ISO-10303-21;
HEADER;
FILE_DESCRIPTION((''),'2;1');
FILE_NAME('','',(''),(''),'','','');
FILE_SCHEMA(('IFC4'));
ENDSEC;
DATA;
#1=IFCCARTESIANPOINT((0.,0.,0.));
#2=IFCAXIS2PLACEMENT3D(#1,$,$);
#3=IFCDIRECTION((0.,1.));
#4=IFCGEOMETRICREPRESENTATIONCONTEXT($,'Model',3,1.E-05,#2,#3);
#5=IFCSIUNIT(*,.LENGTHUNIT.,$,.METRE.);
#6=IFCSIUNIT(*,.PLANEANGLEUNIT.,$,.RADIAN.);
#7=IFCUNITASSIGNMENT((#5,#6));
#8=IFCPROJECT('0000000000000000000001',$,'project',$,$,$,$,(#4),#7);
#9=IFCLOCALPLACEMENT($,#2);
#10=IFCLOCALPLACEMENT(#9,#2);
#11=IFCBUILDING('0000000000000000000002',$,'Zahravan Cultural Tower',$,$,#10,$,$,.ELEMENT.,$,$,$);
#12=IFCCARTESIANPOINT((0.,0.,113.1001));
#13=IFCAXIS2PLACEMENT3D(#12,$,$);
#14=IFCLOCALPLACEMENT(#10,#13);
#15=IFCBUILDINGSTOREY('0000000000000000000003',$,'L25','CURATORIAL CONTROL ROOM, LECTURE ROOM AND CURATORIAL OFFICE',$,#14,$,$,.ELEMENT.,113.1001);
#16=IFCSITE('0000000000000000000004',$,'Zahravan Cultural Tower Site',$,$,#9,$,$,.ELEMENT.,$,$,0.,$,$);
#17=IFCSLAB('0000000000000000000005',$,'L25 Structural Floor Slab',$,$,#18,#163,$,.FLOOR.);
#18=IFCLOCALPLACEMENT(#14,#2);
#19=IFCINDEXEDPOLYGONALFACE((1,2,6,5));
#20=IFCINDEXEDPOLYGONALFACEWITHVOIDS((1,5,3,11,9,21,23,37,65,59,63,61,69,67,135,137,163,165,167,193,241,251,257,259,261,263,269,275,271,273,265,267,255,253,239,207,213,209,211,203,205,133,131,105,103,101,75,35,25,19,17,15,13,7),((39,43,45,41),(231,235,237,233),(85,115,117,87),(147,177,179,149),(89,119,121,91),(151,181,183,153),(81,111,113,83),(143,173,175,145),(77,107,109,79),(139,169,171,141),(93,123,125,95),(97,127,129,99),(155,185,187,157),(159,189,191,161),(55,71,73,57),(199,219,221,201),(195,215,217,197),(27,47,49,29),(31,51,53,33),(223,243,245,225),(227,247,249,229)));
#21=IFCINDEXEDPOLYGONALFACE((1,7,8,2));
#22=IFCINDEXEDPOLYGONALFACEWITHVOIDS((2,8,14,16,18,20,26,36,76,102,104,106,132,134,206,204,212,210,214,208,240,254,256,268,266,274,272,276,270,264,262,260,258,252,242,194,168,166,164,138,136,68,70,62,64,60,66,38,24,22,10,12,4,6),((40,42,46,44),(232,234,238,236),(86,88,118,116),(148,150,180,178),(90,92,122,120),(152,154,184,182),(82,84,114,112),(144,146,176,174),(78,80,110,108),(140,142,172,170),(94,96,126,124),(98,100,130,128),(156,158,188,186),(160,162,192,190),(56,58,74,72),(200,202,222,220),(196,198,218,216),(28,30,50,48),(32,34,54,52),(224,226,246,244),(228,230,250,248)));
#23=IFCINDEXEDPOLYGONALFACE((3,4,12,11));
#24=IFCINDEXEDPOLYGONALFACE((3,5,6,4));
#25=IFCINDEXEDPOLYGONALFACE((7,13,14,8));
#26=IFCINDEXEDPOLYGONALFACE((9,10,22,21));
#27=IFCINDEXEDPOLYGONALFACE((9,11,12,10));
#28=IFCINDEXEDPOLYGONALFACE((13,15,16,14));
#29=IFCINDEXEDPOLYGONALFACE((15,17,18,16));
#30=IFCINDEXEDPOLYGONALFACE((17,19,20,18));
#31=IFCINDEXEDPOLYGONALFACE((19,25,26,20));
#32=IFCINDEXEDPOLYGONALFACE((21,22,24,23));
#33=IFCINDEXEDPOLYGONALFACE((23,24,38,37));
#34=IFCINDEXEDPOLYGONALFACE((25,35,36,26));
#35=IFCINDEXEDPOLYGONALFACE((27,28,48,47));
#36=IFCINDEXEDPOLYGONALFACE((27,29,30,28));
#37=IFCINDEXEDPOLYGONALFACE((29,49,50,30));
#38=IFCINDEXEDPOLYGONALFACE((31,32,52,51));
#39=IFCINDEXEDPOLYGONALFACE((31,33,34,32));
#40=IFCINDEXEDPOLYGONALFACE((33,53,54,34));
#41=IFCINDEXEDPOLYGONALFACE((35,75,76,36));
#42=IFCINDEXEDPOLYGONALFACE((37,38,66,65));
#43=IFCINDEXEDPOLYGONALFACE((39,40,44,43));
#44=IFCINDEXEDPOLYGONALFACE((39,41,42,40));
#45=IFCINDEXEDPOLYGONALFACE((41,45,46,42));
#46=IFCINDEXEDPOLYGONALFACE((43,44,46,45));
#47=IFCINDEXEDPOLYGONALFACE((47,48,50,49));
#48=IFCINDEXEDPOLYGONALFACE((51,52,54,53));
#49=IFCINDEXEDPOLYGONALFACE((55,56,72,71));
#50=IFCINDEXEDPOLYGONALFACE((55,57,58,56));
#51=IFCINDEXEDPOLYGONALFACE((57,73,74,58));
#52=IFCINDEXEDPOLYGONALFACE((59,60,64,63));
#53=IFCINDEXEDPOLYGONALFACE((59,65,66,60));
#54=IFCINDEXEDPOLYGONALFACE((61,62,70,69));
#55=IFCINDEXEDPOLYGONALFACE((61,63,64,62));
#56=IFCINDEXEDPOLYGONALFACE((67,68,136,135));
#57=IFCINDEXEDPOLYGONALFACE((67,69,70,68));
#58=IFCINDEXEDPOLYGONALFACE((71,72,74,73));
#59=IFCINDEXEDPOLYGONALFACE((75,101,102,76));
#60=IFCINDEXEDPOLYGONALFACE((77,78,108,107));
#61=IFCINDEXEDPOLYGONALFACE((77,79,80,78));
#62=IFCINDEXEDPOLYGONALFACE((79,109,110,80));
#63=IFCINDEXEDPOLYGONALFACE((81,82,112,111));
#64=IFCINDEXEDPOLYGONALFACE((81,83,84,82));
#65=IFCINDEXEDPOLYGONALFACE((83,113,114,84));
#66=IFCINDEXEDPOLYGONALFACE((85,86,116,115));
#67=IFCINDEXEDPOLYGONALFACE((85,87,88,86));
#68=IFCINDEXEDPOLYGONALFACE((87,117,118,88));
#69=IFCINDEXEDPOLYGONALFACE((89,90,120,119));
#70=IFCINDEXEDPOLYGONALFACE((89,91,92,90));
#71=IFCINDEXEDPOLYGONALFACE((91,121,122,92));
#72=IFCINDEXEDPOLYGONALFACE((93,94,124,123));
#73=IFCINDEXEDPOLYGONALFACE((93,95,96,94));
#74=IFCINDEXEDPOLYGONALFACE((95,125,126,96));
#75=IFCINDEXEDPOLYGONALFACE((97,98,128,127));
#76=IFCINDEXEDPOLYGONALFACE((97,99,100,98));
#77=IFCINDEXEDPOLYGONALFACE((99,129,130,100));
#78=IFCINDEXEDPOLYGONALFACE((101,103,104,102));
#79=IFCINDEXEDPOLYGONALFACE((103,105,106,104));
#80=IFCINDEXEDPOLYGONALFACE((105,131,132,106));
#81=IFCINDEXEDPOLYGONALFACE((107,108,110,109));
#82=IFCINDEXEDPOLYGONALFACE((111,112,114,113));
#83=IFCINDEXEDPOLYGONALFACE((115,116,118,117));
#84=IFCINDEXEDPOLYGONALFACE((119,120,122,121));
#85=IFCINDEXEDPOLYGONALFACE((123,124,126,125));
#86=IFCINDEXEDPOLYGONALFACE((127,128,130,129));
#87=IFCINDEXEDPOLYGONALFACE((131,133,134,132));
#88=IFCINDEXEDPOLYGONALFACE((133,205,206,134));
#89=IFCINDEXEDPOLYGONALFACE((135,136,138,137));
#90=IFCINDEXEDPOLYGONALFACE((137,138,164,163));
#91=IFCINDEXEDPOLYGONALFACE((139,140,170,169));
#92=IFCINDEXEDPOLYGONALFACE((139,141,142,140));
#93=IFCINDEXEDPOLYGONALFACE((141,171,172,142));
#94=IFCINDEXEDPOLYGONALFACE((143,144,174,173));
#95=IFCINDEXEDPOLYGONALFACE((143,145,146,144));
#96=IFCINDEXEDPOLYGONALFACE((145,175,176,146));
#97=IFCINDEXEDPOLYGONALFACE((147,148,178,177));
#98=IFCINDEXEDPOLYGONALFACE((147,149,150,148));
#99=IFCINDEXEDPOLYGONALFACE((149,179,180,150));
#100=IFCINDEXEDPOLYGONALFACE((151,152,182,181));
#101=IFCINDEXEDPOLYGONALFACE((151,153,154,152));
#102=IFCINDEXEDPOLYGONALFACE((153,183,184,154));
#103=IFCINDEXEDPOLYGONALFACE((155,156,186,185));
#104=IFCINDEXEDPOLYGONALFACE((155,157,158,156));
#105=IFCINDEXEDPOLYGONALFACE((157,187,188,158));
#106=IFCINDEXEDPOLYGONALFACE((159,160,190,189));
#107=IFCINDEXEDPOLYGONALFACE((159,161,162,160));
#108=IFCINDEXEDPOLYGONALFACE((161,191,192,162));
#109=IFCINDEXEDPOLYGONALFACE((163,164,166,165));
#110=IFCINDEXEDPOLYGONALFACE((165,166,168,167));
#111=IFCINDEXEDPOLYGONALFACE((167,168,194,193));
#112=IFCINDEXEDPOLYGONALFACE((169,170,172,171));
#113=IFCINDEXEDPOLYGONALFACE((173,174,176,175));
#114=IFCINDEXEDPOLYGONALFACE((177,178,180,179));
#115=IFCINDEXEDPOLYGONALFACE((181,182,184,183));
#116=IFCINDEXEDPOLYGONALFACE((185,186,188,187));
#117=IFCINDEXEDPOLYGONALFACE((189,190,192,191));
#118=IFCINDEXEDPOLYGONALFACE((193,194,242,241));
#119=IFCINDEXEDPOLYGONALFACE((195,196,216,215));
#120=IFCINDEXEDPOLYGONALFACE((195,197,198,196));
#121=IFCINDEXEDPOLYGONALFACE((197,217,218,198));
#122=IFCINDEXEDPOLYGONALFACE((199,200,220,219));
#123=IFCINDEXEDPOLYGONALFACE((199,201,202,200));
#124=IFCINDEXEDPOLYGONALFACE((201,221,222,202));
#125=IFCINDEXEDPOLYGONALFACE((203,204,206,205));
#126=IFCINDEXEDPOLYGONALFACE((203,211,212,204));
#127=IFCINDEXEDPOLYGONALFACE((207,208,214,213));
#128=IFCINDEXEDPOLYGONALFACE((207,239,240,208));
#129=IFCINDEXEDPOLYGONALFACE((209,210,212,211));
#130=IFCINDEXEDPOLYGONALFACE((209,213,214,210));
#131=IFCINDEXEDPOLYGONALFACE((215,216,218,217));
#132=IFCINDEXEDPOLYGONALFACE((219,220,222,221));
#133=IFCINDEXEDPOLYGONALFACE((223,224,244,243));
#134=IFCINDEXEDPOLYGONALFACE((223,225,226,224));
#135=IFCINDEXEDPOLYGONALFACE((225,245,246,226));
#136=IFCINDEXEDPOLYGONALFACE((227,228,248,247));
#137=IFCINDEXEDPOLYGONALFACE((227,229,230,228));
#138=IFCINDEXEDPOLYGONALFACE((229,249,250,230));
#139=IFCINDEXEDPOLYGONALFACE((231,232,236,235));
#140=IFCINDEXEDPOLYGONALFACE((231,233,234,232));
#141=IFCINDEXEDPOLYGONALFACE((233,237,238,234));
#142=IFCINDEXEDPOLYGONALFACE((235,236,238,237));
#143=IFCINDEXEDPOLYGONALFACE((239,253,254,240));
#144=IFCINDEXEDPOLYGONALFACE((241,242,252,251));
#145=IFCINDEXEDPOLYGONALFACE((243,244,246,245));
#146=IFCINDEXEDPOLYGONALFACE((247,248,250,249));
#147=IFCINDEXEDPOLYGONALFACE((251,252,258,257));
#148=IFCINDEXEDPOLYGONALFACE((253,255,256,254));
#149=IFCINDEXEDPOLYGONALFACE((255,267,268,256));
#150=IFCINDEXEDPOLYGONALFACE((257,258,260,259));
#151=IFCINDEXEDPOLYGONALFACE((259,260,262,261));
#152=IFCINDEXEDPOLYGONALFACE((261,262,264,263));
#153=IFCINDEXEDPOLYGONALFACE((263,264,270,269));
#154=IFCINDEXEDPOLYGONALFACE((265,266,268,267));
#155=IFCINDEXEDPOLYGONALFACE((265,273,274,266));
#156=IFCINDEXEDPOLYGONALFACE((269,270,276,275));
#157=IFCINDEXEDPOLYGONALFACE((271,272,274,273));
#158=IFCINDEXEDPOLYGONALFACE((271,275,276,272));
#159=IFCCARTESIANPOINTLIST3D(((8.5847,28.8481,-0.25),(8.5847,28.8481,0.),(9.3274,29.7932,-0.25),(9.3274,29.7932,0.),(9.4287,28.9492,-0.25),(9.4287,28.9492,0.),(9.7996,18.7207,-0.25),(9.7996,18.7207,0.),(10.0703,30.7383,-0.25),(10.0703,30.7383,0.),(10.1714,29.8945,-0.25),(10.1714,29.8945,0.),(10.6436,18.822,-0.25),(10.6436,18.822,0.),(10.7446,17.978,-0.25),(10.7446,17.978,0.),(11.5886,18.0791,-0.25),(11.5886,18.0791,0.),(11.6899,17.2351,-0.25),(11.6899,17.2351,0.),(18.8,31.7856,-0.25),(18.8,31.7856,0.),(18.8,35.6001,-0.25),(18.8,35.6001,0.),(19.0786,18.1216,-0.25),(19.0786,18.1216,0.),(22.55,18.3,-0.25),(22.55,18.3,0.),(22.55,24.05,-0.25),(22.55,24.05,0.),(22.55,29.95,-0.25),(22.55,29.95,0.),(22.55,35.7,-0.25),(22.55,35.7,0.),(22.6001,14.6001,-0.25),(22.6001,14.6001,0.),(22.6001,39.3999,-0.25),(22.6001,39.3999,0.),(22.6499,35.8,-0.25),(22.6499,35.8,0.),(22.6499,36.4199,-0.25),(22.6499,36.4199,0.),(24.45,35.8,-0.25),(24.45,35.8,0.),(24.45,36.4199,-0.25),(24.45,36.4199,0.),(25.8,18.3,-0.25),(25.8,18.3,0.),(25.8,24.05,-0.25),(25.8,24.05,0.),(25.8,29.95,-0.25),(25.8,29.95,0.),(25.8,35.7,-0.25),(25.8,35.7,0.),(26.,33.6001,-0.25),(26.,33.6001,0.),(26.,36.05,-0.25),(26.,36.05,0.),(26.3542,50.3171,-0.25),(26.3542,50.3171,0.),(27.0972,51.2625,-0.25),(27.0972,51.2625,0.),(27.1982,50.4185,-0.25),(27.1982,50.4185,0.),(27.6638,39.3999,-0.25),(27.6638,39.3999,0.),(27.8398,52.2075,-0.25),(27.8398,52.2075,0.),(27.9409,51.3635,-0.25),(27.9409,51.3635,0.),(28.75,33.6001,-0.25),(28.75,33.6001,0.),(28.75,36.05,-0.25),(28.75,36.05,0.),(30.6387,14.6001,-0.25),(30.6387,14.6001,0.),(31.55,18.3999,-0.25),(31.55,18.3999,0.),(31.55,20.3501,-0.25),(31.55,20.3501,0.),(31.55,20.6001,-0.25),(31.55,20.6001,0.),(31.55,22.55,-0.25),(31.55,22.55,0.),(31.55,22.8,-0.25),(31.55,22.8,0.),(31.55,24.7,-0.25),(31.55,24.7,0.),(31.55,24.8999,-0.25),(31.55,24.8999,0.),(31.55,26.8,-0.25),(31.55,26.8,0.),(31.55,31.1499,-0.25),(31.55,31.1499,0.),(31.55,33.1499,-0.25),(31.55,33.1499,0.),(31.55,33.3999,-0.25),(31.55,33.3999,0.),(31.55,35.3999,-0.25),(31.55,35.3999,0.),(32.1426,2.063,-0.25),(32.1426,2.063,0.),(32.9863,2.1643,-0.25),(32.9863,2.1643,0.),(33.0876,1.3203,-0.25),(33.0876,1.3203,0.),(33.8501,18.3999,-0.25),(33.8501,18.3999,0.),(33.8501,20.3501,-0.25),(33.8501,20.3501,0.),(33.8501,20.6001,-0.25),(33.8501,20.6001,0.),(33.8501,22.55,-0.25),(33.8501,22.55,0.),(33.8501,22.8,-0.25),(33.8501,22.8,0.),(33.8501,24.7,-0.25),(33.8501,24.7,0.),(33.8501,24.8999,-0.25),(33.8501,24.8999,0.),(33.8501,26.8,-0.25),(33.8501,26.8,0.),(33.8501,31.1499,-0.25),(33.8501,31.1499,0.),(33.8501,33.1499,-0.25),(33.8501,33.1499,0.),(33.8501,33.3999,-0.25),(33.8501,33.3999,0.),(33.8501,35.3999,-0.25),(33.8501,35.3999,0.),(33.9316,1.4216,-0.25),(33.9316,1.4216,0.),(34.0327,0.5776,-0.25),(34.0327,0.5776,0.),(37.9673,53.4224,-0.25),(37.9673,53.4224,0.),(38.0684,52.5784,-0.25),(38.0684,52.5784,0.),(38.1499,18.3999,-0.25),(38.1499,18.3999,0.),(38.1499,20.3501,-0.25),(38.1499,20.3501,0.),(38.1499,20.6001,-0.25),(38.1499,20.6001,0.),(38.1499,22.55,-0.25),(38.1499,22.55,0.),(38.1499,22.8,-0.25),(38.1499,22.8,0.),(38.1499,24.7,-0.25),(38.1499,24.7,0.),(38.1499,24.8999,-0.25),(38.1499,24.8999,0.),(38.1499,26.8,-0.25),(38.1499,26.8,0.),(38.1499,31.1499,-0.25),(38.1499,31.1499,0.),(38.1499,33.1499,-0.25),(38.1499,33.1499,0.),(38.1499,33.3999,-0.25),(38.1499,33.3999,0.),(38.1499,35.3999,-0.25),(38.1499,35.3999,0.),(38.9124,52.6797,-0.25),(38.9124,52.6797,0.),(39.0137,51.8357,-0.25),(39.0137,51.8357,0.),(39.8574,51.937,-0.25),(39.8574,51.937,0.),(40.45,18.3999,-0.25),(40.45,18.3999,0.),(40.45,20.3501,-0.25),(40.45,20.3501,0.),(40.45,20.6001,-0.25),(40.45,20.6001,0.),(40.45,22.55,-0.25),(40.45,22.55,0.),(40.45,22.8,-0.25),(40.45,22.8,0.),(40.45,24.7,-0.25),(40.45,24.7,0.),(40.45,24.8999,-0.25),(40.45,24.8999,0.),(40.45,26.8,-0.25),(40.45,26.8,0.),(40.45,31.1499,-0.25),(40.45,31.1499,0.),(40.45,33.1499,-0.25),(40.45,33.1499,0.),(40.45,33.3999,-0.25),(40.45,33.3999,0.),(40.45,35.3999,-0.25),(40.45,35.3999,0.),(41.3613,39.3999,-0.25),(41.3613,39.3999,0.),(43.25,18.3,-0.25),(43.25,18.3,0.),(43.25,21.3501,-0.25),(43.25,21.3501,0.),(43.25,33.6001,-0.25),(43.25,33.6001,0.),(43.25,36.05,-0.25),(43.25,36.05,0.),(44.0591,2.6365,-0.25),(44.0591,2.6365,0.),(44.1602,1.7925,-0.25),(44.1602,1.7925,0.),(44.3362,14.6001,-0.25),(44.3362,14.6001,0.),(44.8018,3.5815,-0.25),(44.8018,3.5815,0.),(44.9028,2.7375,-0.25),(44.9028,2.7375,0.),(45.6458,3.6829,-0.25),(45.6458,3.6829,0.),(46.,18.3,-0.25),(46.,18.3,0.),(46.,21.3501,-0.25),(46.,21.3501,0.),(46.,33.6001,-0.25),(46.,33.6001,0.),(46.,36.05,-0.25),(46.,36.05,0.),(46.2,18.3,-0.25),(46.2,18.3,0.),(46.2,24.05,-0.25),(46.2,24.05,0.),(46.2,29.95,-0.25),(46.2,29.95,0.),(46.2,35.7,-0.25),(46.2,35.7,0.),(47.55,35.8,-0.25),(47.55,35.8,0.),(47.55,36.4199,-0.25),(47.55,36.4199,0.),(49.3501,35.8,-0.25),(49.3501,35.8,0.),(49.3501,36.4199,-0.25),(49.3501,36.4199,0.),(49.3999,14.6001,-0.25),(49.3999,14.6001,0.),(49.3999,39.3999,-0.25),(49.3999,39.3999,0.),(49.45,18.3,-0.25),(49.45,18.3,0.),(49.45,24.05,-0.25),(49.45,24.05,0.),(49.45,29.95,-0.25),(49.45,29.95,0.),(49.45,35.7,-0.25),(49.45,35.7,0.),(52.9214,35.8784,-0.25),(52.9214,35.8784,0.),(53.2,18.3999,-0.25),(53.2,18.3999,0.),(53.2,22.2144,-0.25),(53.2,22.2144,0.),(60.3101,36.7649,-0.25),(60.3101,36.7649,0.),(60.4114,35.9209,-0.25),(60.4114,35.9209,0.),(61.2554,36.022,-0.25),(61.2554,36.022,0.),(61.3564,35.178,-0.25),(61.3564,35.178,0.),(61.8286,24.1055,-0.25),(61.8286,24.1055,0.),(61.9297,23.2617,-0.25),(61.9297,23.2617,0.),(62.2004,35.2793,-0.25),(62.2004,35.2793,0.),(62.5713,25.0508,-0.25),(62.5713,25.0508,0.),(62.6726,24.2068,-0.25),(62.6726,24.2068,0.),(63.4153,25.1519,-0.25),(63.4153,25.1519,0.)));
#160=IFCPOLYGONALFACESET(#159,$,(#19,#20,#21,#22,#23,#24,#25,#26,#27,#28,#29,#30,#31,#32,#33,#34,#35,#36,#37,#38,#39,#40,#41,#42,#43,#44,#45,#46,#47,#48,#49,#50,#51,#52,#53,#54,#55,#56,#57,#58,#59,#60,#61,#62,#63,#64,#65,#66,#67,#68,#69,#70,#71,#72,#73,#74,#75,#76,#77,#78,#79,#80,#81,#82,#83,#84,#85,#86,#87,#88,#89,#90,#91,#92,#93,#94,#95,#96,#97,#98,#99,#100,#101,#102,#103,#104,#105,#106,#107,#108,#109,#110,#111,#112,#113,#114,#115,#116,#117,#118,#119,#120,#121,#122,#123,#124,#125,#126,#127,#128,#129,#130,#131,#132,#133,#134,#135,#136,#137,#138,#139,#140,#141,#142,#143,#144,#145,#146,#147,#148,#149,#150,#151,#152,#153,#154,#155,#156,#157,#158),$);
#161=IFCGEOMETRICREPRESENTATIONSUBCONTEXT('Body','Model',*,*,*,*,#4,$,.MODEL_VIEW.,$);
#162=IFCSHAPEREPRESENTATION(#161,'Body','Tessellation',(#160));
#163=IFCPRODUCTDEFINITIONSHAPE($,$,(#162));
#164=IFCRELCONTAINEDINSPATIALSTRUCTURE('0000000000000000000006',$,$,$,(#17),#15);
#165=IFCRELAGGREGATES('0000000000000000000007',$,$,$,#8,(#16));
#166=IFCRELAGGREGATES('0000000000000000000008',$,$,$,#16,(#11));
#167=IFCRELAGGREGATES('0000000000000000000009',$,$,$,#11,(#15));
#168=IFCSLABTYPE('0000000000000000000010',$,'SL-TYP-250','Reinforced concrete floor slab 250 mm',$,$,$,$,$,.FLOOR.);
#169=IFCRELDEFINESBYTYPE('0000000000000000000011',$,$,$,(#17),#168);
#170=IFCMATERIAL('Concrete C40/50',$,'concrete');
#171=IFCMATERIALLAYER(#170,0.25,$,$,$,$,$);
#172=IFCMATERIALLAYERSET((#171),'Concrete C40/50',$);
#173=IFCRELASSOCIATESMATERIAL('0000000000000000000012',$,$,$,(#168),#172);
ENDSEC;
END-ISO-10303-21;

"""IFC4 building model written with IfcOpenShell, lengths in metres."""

from ifc_helpers import new_model, si_unit, direction, frame, origin, place, context, subcontext, project, spatial, polyline, outline, extrude, material, layer, layer_set, type_object, element, save


model = new_model("IFC4")

# Units and contexts
model_context = context("Model", 3, precision=1e-05, world=origin(), true_north=direction((0.0, 1.0)))
body_context = subcontext(model_context, "Body", "Model", "MODEL_VIEW")
ifc_project = project(units=[si_unit("LENGTHUNIT", "METRE"), si_unit("PLANEANGLEUNIT", "RADIAN")], contexts=[model_context])

# Site, building, storey
site_placement = place(None, origin())
site = spatial("IfcSite", under=ifc_project, at=site_placement, Name="Zahravan Cultural Tower Site", CompositionType="ELEMENT", RefElevation=0.0)
building_placement = place(site_placement, origin())
building = spatial("IfcBuilding", under=site, at=building_placement, Name="Zahravan Cultural Tower", CompositionType="ELEMENT")
storey_placement = place(building_placement, frame((0.0, 0.0, 113.1001)))
storey = spatial("IfcBuildingStorey", under=building, at=storey_placement, Name="L25", Description="CURATORIAL CONTROL ROOM, LECTURE ROOM AND CURATORIAL OFFICE", CompositionType="ELEMENT", Elevation=113.1001)

# Slab
ifc_material_1 = material(Name="Concrete C40/50", Category="concrete")
ifc_layer_1 = layer(ifc_material_1, 0.25)
ifc_layer_set_1 = layer_set([ifc_layer_1], Name="Concrete C40/50")
slab_type_1 = type_object("IfcSlabType", Name="SL-TYP-250", Description="Reinforced concrete floor slab 250 mm", PredefinedType="FLOOR", material=ifc_layer_set_1)
slab_1_placement = place(storey_placement, frame((0.0, 0.0, -0.25)))
element("IfcSlab", 1, at=slab_1_placement, inside=storey, type_object=slab_type_1, Name="L25 Structural Floor Slab", PredefinedType="FLOOR", context=body_context, shape_type="SweptSolid", body=[
    extrude(outline(polyline([(52.9214, 35.8784), (49.3999, 39.3999), (41.3613, 39.3999), (39.8574, 51.937), (39.0137, 51.8357), (38.9124, 52.6797), (38.0684, 52.5784), (37.9673, 53.4224), (27.8398, 52.2075), (27.9409, 51.3635), (27.0972, 51.2625), (27.1982, 50.4185), (26.3542, 50.3171), (27.6638, 39.3999), (22.6001, 39.3999), (18.8, 35.6001), (18.8, 31.7856), (10.0703, 30.7383), (10.1714, 29.8945), (9.3274, 29.7932), (9.4287, 28.9492), (8.5847, 28.8481), (9.7996, 18.7207), (10.6436, 18.822), (10.7446, 17.978), (11.5886, 18.0791), (11.6899, 17.2351), (19.0786, 18.1216), (22.6001, 14.6001), (30.6387, 14.6001), (32.1426, 2.063), (32.9863, 2.1643), (33.0876, 1.3203), (33.9316, 1.4216), (34.0327, 0.5776), (44.1602, 1.7925), (44.0591, 2.6365), (44.9028, 2.7375), (44.8018, 3.5815), (45.6458, 3.6829), (44.3362, 14.6001), (49.3999, 14.6001), (53.2, 18.3999), (53.2, 22.2144), (61.9297, 23.2617), (61.8286, 24.1055), (62.6726, 24.2068), (62.5713, 25.0508), (63.4153, 25.1519), (62.2004, 35.2793), (61.3564, 35.178), (61.2554, 36.022), (60.4114, 35.9209), (60.3101, 36.7649), (52.9214, 35.8784)]), holes=[polyline([(22.55, 29.95), (22.55, 35.7), (25.8, 35.7), (25.8, 29.95), (22.55, 29.95)]), polyline([(22.55, 18.3), (22.55, 24.05), (25.8, 24.05), (25.8, 18.3), (22.55, 18.3)]), polyline([(46.2, 29.95), (46.2, 35.7), (49.45, 35.7), (49.45, 29.95), (46.2, 29.95)]), polyline([(46.2, 18.3), (46.2, 24.05), (49.45, 24.05), (49.45, 18.3), (46.2, 18.3)]), polyline([(26.0, 33.6001), (26.0, 36.05), (28.75, 36.05), (28.75, 33.6001), (26.0, 33.6001)]), polyline([(43.25, 33.6001), (43.25, 36.05), (46.0, 36.05), (46.0, 33.6001), (43.25, 33.6001)]), polyline([(43.25, 18.3), (43.25, 21.3501), (46.0, 21.3501), (46.0, 18.3), (43.25, 18.3)]), polyline([(31.55, 33.3999), (31.55, 35.3999), (33.8501, 35.3999), (33.8501, 33.3999), (31.55, 33.3999)]), polyline([(31.55, 31.1499), (31.55, 33.1499), (33.8501, 33.1499), (33.8501, 31.1499), (31.55, 31.1499)]), polyline([(38.1499, 33.3999), (38.1499, 35.3999), (40.45, 35.3999), (40.45, 33.3999), (38.1499, 33.3999)]), polyline([(38.1499, 31.1499), (38.1499, 33.1499), (40.45, 33.1499), (40.45, 31.1499), (38.1499, 31.1499)]), polyline([(31.55, 20.6001), (31.55, 22.55), (33.8501, 22.55), (33.8501, 20.6001), (31.55, 20.6001)]), polyline([(31.55, 18.3999), (31.55, 20.3501), (33.8501, 20.3501), (33.8501, 18.3999), (31.55, 18.3999)]), polyline([(38.1499, 20.6001), (38.1499, 22.55), (40.45, 22.55), (40.45, 20.6001), (38.1499, 20.6001)]), polyline([(38.1499, 18.3999), (38.1499, 20.3501), (40.45, 20.3501), (40.45, 18.3999), (38.1499, 18.3999)]), polyline([(31.55, 24.8999), (31.55, 26.8), (33.8501, 26.8), (33.8501, 24.8999), (31.55, 24.8999)]), polyline([(31.55, 22.8), (31.55, 24.7), (33.8501, 24.7), (33.8501, 22.8), (31.55, 22.8)]), polyline([(38.1499, 24.8999), (38.1499, 26.8), (40.45, 26.8), (40.45, 24.8999), (38.1499, 24.8999)]), polyline([(38.1499, 22.8), (38.1499, 24.7), (40.45, 24.7), (40.45, 22.8), (38.1499, 22.8)]), polyline([(22.6499, 35.8), (22.6499, 36.4199), (24.45, 36.4199), (24.45, 35.8), (22.6499, 35.8)]), polyline([(47.55, 35.8), (47.55, 36.4199), (49.3501, 36.4199), (49.3501, 35.8), (47.55, 35.8)])]), origin(), (0.0, 0.0, 1.0), 0.25),
])

save(model, "model.ifc")
